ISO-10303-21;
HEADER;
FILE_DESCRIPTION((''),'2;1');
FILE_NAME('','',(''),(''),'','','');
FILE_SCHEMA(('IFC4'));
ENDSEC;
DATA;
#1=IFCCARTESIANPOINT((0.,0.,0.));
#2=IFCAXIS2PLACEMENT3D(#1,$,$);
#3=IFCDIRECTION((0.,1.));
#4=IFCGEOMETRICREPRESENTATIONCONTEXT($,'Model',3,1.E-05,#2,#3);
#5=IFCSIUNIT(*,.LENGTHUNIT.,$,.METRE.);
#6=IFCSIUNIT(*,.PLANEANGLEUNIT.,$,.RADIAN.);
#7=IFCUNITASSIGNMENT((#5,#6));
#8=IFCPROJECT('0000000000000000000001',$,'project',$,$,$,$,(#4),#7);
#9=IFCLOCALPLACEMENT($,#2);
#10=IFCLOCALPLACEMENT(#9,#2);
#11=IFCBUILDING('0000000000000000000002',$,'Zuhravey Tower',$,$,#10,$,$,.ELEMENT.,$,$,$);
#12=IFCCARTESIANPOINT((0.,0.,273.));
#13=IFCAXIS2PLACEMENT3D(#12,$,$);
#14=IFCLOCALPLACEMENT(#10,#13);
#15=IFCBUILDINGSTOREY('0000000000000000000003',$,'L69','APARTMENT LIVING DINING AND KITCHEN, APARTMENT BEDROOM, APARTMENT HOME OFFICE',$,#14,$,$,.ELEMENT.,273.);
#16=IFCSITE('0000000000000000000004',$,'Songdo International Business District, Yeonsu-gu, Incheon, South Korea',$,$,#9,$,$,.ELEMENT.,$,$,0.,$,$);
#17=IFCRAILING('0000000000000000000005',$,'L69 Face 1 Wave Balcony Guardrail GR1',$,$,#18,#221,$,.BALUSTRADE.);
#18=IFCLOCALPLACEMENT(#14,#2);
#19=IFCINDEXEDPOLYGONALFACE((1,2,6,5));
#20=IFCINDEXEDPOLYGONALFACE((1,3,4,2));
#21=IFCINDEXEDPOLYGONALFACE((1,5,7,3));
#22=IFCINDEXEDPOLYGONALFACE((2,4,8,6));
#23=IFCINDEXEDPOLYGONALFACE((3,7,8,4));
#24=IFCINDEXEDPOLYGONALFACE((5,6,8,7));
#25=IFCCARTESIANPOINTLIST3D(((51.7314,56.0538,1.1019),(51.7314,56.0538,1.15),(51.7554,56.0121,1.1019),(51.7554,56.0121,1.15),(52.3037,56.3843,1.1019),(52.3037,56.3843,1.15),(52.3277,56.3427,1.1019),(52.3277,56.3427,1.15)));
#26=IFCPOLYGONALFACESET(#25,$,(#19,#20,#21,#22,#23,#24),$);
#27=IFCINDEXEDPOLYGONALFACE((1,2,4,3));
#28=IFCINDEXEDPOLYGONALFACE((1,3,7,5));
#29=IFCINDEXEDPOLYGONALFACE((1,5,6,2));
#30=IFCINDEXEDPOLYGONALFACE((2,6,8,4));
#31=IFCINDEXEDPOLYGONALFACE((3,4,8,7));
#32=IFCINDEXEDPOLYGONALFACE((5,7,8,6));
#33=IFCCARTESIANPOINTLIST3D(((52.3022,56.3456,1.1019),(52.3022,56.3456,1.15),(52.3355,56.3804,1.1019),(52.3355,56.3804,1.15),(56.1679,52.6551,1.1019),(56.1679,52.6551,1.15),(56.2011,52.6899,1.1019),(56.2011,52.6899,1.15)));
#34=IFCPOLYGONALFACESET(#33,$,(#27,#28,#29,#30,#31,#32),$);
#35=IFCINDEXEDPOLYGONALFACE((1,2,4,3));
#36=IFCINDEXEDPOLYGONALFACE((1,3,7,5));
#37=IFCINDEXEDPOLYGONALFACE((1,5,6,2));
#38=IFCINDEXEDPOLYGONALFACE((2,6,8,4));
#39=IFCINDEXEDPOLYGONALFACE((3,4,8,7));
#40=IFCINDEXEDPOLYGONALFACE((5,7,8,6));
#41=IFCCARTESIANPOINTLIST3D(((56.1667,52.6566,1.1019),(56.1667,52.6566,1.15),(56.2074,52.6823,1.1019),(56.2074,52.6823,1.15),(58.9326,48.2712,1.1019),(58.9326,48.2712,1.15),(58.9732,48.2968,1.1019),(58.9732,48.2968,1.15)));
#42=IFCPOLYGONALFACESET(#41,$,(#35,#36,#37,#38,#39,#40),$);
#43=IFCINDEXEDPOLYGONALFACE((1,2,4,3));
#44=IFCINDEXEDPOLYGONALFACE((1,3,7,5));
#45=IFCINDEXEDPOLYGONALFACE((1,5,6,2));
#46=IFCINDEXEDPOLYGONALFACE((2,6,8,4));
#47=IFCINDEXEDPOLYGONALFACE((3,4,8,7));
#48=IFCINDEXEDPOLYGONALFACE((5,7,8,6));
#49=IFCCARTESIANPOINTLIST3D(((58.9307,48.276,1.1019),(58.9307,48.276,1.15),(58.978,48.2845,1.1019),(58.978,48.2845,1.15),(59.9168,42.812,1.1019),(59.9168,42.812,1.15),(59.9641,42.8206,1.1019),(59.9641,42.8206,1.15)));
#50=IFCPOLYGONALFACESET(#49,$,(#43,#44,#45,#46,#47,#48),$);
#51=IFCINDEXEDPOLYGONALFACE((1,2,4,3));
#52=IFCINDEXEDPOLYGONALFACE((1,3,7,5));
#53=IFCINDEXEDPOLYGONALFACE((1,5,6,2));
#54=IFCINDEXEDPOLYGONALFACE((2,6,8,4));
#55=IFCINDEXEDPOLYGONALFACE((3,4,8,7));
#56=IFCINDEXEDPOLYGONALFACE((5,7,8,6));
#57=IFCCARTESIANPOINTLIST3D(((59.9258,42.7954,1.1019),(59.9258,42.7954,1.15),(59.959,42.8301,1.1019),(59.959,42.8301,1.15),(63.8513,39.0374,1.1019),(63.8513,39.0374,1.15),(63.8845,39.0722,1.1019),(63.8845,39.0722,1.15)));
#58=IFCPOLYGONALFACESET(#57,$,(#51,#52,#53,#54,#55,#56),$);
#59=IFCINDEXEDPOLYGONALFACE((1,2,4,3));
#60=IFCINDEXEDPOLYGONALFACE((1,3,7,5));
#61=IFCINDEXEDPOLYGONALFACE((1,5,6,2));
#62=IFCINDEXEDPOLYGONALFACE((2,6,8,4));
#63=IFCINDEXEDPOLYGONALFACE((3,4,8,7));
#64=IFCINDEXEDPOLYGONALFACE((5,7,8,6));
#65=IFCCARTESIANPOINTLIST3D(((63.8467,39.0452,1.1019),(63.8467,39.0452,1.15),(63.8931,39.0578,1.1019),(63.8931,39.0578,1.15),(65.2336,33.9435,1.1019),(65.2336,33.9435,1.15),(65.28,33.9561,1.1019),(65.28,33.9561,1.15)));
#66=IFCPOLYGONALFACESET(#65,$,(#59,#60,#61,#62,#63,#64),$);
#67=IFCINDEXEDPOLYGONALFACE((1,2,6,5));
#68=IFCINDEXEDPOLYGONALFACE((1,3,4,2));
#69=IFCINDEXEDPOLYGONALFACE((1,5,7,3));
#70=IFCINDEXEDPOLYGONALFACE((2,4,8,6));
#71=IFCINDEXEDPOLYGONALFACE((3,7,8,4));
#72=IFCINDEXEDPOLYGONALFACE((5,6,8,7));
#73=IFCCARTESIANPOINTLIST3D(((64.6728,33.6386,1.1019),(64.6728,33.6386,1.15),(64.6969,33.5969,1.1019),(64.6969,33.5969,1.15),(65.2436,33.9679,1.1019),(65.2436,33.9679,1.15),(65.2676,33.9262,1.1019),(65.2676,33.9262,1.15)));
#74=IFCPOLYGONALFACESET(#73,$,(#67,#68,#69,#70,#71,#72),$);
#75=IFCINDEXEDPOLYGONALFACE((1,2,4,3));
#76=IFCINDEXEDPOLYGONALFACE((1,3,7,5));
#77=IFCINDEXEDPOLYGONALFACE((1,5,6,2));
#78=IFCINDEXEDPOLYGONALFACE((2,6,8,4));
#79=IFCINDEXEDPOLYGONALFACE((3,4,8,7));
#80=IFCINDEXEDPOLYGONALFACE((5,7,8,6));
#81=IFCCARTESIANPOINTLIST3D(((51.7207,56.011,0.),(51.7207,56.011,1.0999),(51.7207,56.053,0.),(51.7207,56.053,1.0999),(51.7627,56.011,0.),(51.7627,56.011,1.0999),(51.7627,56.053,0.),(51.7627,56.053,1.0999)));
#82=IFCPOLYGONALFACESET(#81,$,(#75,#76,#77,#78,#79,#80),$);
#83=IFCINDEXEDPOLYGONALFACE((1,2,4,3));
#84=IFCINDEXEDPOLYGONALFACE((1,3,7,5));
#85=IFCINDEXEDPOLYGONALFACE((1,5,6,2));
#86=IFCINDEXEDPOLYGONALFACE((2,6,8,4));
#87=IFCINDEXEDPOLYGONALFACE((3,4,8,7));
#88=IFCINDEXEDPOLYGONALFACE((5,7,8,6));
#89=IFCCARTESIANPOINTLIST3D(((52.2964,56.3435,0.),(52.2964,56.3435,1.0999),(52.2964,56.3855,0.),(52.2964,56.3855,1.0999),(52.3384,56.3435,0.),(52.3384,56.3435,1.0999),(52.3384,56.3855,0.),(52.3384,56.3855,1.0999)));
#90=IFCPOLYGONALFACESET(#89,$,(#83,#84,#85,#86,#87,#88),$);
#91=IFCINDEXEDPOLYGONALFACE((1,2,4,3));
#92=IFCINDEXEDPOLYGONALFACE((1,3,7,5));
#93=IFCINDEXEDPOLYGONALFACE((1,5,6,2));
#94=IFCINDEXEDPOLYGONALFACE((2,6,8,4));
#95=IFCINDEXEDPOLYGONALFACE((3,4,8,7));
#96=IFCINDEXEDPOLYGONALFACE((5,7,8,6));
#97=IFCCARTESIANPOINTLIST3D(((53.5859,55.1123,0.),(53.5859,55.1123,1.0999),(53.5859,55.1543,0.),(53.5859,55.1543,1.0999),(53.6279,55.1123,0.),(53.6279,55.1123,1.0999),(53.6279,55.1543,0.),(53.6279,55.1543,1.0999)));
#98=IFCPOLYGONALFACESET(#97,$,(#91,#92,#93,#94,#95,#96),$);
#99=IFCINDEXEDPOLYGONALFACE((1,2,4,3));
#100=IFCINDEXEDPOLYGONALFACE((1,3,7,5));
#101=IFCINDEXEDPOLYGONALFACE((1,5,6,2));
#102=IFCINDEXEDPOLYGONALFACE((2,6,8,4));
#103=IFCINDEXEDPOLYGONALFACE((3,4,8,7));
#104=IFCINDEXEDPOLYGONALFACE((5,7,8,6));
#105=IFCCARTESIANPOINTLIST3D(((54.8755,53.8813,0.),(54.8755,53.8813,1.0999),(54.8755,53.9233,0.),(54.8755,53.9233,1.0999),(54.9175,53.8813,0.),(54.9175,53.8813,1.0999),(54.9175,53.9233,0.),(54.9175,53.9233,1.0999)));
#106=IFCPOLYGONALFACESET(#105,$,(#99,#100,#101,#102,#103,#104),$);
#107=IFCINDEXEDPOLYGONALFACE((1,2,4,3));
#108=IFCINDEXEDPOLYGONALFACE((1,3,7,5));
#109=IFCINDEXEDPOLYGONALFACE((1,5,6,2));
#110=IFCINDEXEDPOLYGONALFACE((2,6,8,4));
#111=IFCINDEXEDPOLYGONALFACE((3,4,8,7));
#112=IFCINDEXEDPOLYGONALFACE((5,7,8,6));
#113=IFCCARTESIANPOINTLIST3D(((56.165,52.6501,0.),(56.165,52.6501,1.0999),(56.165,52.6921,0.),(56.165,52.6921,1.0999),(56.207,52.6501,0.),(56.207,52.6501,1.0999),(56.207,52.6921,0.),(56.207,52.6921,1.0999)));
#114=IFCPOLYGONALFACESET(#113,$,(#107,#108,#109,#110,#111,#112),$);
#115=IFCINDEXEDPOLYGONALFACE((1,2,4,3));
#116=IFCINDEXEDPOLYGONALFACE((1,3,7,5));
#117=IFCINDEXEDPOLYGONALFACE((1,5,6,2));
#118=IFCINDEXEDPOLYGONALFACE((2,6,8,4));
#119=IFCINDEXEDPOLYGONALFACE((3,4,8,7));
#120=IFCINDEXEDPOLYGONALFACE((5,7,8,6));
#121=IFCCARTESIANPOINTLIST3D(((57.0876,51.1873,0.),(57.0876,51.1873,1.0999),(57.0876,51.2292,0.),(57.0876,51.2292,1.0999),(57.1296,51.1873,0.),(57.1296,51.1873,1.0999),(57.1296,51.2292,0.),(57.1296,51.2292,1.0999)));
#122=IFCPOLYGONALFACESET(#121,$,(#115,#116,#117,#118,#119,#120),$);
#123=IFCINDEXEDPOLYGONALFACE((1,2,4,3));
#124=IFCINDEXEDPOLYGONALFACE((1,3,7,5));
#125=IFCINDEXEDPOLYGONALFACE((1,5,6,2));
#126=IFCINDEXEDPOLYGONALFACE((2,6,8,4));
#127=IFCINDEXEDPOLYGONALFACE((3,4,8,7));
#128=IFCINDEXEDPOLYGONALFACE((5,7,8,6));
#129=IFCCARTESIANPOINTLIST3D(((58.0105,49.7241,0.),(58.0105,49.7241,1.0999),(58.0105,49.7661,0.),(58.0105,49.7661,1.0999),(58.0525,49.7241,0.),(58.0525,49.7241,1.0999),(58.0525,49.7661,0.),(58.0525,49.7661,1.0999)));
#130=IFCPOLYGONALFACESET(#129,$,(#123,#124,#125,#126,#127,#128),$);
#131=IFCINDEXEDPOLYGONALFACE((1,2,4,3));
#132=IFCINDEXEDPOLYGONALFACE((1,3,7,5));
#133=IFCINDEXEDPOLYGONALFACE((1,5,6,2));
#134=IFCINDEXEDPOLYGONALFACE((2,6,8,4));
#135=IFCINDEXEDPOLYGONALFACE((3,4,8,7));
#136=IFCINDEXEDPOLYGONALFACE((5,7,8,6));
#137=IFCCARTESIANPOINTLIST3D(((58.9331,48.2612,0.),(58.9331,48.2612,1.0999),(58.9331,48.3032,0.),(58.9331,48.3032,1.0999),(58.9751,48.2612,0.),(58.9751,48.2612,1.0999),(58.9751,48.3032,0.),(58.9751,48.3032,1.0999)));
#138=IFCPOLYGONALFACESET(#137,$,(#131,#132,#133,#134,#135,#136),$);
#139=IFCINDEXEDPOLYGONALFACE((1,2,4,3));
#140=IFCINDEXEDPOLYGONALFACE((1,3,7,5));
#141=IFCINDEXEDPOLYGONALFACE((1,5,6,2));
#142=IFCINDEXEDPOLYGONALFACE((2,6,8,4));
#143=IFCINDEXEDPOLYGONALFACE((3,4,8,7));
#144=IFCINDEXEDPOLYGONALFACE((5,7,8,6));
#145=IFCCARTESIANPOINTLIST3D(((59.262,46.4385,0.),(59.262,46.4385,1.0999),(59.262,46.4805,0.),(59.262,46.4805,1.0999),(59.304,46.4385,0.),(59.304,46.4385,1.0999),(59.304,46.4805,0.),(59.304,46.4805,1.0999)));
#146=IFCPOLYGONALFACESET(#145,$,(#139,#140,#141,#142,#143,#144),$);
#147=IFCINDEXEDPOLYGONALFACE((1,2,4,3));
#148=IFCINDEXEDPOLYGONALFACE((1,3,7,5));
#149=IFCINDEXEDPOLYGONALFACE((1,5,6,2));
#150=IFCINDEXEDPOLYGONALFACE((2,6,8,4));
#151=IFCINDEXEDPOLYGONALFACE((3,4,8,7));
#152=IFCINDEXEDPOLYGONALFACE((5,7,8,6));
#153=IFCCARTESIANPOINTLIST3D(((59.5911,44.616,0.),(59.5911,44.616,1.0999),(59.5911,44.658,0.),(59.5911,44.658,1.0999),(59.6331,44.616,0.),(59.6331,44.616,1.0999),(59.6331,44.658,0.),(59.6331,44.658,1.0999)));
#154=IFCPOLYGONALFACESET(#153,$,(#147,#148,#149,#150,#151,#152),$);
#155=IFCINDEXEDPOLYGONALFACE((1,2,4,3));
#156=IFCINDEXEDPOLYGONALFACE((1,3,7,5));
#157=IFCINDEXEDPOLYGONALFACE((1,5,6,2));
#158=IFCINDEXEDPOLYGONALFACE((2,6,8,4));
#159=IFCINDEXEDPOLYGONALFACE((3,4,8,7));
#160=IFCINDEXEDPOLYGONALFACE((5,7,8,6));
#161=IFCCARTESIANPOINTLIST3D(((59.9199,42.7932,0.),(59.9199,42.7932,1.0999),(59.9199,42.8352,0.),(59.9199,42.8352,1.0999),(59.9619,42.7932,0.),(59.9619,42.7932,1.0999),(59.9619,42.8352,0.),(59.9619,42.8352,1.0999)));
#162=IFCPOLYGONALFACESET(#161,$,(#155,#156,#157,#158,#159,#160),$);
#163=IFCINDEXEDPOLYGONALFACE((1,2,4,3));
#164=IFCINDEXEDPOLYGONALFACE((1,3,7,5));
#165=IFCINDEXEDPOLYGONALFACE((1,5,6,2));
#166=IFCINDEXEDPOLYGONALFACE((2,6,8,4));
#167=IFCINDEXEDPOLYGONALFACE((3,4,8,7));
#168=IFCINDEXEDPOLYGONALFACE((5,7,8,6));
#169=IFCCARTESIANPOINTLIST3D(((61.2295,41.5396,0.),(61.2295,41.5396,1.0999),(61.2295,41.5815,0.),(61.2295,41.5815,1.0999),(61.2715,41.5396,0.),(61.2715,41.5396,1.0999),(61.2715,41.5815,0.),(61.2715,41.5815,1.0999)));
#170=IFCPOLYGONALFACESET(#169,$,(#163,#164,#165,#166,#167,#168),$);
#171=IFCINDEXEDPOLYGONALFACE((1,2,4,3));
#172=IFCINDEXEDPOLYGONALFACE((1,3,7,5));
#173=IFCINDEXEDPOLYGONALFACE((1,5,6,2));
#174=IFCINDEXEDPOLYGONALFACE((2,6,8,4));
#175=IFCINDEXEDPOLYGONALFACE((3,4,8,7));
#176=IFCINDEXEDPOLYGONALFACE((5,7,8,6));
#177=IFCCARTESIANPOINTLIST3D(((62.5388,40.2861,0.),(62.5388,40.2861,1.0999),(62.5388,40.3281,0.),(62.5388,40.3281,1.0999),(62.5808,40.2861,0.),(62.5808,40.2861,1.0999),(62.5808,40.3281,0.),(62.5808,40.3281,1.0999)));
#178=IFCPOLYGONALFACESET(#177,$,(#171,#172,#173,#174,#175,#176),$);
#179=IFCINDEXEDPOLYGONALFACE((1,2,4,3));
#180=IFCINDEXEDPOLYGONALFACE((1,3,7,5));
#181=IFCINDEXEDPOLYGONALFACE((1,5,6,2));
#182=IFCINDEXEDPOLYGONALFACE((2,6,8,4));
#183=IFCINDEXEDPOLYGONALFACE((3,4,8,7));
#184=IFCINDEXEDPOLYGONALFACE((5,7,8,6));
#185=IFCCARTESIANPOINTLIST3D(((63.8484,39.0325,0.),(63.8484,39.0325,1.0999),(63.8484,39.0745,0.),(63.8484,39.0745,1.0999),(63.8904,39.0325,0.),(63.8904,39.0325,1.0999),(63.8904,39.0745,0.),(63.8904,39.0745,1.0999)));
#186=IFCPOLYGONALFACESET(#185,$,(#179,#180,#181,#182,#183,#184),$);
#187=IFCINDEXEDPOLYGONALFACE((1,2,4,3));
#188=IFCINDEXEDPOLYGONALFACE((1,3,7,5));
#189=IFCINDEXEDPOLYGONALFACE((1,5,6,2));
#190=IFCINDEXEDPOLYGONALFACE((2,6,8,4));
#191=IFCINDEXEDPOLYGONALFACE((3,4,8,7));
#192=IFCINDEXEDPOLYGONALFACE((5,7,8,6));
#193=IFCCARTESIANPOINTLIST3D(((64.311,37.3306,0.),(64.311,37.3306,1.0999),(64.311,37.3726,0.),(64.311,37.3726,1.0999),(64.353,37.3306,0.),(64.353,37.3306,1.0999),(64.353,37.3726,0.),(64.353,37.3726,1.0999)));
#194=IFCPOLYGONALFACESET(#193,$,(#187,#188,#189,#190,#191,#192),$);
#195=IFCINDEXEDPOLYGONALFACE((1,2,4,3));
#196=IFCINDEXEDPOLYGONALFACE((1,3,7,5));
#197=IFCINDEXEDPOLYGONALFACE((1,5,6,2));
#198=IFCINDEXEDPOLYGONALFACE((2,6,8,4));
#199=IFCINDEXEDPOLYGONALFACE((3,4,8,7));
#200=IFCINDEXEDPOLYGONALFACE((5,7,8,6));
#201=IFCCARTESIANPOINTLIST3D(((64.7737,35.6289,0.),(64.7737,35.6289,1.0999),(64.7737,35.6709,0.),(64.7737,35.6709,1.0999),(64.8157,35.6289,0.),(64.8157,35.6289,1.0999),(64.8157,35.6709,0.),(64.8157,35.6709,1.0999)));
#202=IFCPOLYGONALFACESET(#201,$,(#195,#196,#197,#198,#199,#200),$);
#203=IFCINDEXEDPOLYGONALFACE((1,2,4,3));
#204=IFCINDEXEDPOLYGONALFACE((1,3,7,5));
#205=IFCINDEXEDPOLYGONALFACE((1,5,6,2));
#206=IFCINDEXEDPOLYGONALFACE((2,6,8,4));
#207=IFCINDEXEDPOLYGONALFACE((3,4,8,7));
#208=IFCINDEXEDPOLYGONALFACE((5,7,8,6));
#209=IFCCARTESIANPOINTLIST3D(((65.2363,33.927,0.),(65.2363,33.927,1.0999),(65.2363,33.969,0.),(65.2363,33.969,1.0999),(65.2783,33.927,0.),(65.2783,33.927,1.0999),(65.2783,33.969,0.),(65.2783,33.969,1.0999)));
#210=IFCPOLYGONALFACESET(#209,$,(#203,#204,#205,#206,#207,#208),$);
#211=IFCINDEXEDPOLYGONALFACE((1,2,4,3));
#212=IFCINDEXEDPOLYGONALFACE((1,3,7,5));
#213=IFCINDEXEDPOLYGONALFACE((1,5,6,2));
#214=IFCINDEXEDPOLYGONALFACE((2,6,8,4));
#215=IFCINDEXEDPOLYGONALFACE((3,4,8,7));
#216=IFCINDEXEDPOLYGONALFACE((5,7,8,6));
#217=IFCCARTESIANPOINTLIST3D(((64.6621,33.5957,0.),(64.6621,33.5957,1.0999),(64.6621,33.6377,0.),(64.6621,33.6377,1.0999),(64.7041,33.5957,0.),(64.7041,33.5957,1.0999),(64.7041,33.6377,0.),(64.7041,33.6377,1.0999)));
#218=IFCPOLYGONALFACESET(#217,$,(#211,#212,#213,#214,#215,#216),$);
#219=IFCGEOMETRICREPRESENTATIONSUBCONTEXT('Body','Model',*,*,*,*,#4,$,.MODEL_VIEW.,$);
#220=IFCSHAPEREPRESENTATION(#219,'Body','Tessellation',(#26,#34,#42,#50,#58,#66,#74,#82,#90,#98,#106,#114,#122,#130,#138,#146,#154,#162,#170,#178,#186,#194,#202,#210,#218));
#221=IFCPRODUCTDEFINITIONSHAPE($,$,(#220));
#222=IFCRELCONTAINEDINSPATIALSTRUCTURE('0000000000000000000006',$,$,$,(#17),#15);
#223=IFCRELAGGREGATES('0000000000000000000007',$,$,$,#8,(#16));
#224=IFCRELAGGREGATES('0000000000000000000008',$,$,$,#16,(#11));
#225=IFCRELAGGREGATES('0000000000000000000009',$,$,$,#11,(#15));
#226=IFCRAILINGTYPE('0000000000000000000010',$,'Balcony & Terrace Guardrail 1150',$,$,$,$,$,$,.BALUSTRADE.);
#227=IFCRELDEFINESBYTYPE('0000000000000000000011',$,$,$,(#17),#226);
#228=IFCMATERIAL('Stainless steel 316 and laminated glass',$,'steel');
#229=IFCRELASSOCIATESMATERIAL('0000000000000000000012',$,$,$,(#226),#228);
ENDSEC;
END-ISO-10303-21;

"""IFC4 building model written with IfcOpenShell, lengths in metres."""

from ifc_helpers import new_model, si_unit, direction, frame, origin, origin_2d, place, context, subcontext, project, spatial, rectangle, extrude, material, type_object, element, save


model = new_model("IFC4")

# Units and contexts
model_context = context("Model", 3, precision=1e-05, world=origin(), true_north=direction((0.0, 1.0)))
body_context = subcontext(model_context, "Body", "Model", "MODEL_VIEW")
ifc_project = project(units=[si_unit("LENGTHUNIT", "METRE"), si_unit("PLANEANGLEUNIT", "RADIAN")], contexts=[model_context])

# Site, building, storey
site_placement = place(None, origin())
site = spatial("IfcSite", under=ifc_project, at=site_placement, Name="Songdo International Business District, Yeonsu-gu, Incheon, South Korea", CompositionType="ELEMENT", RefElevation=0.0)
building_placement = place(site_placement, origin())
building = spatial("IfcBuilding", under=site, at=building_placement, Name="Zuhravey Tower", CompositionType="ELEMENT")
storey_placement = place(building_placement, frame((0.0, 0.0, 273.0)))
storey = spatial("IfcBuildingStorey", under=building, at=storey_placement, Name="L69", Description="APARTMENT LIVING DINING AND KITCHEN, APARTMENT BEDROOM, APARTMENT HOME OFFICE", CompositionType="ELEMENT", Elevation=273.0)

# Railing
ifc_material_1 = material(Name="Stainless steel 316 and laminated glass", Category="steel")
railing_type = type_object("IfcRailingType", Name="Balcony & Terrace Guardrail 1150", PredefinedType="BALUSTRADE", material=ifc_material_1)
railing_placement = place(storey_placement, frame((51.7417, 56.032, 0.0)))
element("IfcRailing", 1, at=railing_placement, inside=storey, type_object=railing_type, Name="L69 Face 1 Wave Balcony Guardrail GR1", PredefinedType="BALUSTRADE", context=body_context, shape_type="SweptSolid", body=[
    extrude(rectangle(XDim=0.0481, YDim=0.0481, at=origin_2d()), frame((0.0017, 0.001, 1.126), z_axis=(0.865929, 0.500167, 0.0), x_axis=(-0.500167, 0.865929, 0.0)), (0.0, 0.0, 1.0), 0.6609),
    extrude(rectangle(XDim=0.0481, YDim=0.0481, at=origin_2d()), frame((0.5771, 0.3311, 1.126), z_axis=(0.723304, -0.69053, 0.0), x_axis=(0.69053, 0.723304, 0.0)), (0.0, 0.0, 1.0), 5.3445),
    extrude(rectangle(XDim=0.0481, YDim=0.0481, at=origin_2d()), frame((4.4453, -3.3625, 1.126), z_axis=(0.533458, -0.845826, 0.0), x_axis=(0.845826, 0.533458, 0.0)), (0.0, 0.0, 1.0), 5.1848),
    extrude(rectangle(XDim=0.0481, YDim=0.0481, at=origin_2d()), frame((7.2126, -7.7517, 1.126), z_axis=(0.177602, -0.984102, 0.0), x_axis=(0.984102, 0.177602, 0.0)), (0.0, 0.0, 1.0), 5.5522),
    extrude(rectangle(XDim=0.0481, YDim=0.0481, at=origin_2d()), frame((8.2007, -13.2192, 1.126), z_axis=(0.722359, -0.691518, 0.0), x_axis=(0.691518, 0.722359, 0.0)), (0.0, 0.0, 1.0), 5.4343),
    extrude(rectangle(XDim=0.0481, YDim=0.0481, at=origin_2d()), frame((12.1282, -16.9805, 1.126), z_axis=(0.262333, -0.964978, 0.0), x_axis=(0.964978, 0.262333, 0.0)), (0.0, 0.0, 1.0), 5.2869),
    extrude(rectangle(XDim=0.0481, YDim=0.0481, at=origin_2d()), frame((13.5139, -22.085, 1.126), z_axis=(-0.866173, -0.499744, 0.0), x_axis=(0.499744, -0.866173, 0.0)), (0.0, 0.0, 1.0), 0.6589),
    extrude(rectangle(XDim=0.042, YDim=0.042, at=origin_2d()), origin(), (0.0, 0.0, 1.0), 1.0999),
    extrude(rectangle(XDim=0.042, YDim=0.042, at=origin_2d()), frame((0.5757, 0.3325, 0.0)), (0.0, 0.0, 1.0), 1.0999),
    extrude(rectangle(XDim=0.042, YDim=0.042, at=origin_2d()), frame((1.8652, -0.8987, 0.0)), (0.0, 0.0, 1.0), 1.0999),
    extrude(rectangle(XDim=0.042, YDim=0.042, at=origin_2d()), frame((3.1548, -2.1296, 0.0)), (0.0, 0.0, 1.0), 1.0999),
    extrude(rectangle(XDim=0.042, YDim=0.042, at=origin_2d()), frame((4.4443, -3.3608, 0.0)), (0.0, 0.0, 1.0), 1.0999),
    extrude(rectangle(XDim=0.042, YDim=0.042, at=origin_2d()), frame((5.3669, -4.8237, 0.0)), (0.0, 0.0, 1.0), 1.0999),
    extrude(rectangle(XDim=0.042, YDim=0.042, at=origin_2d()), frame((6.2898, -6.2869, 0.0)), (0.0, 0.0, 1.0), 1.0999),
    extrude(rectangle(XDim=0.042, YDim=0.042, at=origin_2d()), frame((7.2124, -7.7498, 0.0)), (0.0, 0.0, 1.0), 1.0999),
    extrude(rectangle(XDim=0.042, YDim=0.042, at=origin_2d()), frame((7.5413, -9.5725, 0.0)), (0.0, 0.0, 1.0), 1.0999),
    extrude(rectangle(XDim=0.042, YDim=0.042, at=origin_2d()), frame((7.8704, -11.395, 0.0)), (0.0, 0.0, 1.0), 1.0999),
    extrude(rectangle(XDim=0.042, YDim=0.042, at=origin_2d()), frame((8.1992, -13.2178, 0.0)), (0.0, 0.0, 1.0), 1.0999),
    extrude(rectangle(XDim=0.042, YDim=0.042, at=origin_2d()), frame((9.5088, -14.4714, 0.0)), (0.0, 0.0, 1.0), 1.0999),
    extrude(rectangle(XDim=0.042, YDim=0.042, at=origin_2d()), frame((10.8181, -15.7249, 0.0)), (0.0, 0.0, 1.0), 1.0999),
    extrude(rectangle(XDim=0.042, YDim=0.042, at=origin_2d()), frame((12.1277, -16.9785, 0.0)), (0.0, 0.0, 1.0), 1.0999),
    extrude(rectangle(XDim=0.042, YDim=0.042, at=origin_2d()), frame((12.5903, -18.6804, 0.0)), (0.0, 0.0, 1.0), 1.0999),
    extrude(rectangle(XDim=0.042, YDim=0.042, at=origin_2d()), frame((13.053, -20.3821, 0.0)), (0.0, 0.0, 1.0), 1.0999),
    extrude(rectangle(XDim=0.042, YDim=0.042, at=origin_2d()), frame((13.5156, -22.084, 0.0)), (0.0, 0.0, 1.0), 1.0999),
    extrude(rectangle(XDim=0.042, YDim=0.042, at=origin_2d()), frame((12.9414, -22.4153, 0.0)), (0.0, 0.0, 1.0), 1.0999),
])

save(model, "model.ifc")
